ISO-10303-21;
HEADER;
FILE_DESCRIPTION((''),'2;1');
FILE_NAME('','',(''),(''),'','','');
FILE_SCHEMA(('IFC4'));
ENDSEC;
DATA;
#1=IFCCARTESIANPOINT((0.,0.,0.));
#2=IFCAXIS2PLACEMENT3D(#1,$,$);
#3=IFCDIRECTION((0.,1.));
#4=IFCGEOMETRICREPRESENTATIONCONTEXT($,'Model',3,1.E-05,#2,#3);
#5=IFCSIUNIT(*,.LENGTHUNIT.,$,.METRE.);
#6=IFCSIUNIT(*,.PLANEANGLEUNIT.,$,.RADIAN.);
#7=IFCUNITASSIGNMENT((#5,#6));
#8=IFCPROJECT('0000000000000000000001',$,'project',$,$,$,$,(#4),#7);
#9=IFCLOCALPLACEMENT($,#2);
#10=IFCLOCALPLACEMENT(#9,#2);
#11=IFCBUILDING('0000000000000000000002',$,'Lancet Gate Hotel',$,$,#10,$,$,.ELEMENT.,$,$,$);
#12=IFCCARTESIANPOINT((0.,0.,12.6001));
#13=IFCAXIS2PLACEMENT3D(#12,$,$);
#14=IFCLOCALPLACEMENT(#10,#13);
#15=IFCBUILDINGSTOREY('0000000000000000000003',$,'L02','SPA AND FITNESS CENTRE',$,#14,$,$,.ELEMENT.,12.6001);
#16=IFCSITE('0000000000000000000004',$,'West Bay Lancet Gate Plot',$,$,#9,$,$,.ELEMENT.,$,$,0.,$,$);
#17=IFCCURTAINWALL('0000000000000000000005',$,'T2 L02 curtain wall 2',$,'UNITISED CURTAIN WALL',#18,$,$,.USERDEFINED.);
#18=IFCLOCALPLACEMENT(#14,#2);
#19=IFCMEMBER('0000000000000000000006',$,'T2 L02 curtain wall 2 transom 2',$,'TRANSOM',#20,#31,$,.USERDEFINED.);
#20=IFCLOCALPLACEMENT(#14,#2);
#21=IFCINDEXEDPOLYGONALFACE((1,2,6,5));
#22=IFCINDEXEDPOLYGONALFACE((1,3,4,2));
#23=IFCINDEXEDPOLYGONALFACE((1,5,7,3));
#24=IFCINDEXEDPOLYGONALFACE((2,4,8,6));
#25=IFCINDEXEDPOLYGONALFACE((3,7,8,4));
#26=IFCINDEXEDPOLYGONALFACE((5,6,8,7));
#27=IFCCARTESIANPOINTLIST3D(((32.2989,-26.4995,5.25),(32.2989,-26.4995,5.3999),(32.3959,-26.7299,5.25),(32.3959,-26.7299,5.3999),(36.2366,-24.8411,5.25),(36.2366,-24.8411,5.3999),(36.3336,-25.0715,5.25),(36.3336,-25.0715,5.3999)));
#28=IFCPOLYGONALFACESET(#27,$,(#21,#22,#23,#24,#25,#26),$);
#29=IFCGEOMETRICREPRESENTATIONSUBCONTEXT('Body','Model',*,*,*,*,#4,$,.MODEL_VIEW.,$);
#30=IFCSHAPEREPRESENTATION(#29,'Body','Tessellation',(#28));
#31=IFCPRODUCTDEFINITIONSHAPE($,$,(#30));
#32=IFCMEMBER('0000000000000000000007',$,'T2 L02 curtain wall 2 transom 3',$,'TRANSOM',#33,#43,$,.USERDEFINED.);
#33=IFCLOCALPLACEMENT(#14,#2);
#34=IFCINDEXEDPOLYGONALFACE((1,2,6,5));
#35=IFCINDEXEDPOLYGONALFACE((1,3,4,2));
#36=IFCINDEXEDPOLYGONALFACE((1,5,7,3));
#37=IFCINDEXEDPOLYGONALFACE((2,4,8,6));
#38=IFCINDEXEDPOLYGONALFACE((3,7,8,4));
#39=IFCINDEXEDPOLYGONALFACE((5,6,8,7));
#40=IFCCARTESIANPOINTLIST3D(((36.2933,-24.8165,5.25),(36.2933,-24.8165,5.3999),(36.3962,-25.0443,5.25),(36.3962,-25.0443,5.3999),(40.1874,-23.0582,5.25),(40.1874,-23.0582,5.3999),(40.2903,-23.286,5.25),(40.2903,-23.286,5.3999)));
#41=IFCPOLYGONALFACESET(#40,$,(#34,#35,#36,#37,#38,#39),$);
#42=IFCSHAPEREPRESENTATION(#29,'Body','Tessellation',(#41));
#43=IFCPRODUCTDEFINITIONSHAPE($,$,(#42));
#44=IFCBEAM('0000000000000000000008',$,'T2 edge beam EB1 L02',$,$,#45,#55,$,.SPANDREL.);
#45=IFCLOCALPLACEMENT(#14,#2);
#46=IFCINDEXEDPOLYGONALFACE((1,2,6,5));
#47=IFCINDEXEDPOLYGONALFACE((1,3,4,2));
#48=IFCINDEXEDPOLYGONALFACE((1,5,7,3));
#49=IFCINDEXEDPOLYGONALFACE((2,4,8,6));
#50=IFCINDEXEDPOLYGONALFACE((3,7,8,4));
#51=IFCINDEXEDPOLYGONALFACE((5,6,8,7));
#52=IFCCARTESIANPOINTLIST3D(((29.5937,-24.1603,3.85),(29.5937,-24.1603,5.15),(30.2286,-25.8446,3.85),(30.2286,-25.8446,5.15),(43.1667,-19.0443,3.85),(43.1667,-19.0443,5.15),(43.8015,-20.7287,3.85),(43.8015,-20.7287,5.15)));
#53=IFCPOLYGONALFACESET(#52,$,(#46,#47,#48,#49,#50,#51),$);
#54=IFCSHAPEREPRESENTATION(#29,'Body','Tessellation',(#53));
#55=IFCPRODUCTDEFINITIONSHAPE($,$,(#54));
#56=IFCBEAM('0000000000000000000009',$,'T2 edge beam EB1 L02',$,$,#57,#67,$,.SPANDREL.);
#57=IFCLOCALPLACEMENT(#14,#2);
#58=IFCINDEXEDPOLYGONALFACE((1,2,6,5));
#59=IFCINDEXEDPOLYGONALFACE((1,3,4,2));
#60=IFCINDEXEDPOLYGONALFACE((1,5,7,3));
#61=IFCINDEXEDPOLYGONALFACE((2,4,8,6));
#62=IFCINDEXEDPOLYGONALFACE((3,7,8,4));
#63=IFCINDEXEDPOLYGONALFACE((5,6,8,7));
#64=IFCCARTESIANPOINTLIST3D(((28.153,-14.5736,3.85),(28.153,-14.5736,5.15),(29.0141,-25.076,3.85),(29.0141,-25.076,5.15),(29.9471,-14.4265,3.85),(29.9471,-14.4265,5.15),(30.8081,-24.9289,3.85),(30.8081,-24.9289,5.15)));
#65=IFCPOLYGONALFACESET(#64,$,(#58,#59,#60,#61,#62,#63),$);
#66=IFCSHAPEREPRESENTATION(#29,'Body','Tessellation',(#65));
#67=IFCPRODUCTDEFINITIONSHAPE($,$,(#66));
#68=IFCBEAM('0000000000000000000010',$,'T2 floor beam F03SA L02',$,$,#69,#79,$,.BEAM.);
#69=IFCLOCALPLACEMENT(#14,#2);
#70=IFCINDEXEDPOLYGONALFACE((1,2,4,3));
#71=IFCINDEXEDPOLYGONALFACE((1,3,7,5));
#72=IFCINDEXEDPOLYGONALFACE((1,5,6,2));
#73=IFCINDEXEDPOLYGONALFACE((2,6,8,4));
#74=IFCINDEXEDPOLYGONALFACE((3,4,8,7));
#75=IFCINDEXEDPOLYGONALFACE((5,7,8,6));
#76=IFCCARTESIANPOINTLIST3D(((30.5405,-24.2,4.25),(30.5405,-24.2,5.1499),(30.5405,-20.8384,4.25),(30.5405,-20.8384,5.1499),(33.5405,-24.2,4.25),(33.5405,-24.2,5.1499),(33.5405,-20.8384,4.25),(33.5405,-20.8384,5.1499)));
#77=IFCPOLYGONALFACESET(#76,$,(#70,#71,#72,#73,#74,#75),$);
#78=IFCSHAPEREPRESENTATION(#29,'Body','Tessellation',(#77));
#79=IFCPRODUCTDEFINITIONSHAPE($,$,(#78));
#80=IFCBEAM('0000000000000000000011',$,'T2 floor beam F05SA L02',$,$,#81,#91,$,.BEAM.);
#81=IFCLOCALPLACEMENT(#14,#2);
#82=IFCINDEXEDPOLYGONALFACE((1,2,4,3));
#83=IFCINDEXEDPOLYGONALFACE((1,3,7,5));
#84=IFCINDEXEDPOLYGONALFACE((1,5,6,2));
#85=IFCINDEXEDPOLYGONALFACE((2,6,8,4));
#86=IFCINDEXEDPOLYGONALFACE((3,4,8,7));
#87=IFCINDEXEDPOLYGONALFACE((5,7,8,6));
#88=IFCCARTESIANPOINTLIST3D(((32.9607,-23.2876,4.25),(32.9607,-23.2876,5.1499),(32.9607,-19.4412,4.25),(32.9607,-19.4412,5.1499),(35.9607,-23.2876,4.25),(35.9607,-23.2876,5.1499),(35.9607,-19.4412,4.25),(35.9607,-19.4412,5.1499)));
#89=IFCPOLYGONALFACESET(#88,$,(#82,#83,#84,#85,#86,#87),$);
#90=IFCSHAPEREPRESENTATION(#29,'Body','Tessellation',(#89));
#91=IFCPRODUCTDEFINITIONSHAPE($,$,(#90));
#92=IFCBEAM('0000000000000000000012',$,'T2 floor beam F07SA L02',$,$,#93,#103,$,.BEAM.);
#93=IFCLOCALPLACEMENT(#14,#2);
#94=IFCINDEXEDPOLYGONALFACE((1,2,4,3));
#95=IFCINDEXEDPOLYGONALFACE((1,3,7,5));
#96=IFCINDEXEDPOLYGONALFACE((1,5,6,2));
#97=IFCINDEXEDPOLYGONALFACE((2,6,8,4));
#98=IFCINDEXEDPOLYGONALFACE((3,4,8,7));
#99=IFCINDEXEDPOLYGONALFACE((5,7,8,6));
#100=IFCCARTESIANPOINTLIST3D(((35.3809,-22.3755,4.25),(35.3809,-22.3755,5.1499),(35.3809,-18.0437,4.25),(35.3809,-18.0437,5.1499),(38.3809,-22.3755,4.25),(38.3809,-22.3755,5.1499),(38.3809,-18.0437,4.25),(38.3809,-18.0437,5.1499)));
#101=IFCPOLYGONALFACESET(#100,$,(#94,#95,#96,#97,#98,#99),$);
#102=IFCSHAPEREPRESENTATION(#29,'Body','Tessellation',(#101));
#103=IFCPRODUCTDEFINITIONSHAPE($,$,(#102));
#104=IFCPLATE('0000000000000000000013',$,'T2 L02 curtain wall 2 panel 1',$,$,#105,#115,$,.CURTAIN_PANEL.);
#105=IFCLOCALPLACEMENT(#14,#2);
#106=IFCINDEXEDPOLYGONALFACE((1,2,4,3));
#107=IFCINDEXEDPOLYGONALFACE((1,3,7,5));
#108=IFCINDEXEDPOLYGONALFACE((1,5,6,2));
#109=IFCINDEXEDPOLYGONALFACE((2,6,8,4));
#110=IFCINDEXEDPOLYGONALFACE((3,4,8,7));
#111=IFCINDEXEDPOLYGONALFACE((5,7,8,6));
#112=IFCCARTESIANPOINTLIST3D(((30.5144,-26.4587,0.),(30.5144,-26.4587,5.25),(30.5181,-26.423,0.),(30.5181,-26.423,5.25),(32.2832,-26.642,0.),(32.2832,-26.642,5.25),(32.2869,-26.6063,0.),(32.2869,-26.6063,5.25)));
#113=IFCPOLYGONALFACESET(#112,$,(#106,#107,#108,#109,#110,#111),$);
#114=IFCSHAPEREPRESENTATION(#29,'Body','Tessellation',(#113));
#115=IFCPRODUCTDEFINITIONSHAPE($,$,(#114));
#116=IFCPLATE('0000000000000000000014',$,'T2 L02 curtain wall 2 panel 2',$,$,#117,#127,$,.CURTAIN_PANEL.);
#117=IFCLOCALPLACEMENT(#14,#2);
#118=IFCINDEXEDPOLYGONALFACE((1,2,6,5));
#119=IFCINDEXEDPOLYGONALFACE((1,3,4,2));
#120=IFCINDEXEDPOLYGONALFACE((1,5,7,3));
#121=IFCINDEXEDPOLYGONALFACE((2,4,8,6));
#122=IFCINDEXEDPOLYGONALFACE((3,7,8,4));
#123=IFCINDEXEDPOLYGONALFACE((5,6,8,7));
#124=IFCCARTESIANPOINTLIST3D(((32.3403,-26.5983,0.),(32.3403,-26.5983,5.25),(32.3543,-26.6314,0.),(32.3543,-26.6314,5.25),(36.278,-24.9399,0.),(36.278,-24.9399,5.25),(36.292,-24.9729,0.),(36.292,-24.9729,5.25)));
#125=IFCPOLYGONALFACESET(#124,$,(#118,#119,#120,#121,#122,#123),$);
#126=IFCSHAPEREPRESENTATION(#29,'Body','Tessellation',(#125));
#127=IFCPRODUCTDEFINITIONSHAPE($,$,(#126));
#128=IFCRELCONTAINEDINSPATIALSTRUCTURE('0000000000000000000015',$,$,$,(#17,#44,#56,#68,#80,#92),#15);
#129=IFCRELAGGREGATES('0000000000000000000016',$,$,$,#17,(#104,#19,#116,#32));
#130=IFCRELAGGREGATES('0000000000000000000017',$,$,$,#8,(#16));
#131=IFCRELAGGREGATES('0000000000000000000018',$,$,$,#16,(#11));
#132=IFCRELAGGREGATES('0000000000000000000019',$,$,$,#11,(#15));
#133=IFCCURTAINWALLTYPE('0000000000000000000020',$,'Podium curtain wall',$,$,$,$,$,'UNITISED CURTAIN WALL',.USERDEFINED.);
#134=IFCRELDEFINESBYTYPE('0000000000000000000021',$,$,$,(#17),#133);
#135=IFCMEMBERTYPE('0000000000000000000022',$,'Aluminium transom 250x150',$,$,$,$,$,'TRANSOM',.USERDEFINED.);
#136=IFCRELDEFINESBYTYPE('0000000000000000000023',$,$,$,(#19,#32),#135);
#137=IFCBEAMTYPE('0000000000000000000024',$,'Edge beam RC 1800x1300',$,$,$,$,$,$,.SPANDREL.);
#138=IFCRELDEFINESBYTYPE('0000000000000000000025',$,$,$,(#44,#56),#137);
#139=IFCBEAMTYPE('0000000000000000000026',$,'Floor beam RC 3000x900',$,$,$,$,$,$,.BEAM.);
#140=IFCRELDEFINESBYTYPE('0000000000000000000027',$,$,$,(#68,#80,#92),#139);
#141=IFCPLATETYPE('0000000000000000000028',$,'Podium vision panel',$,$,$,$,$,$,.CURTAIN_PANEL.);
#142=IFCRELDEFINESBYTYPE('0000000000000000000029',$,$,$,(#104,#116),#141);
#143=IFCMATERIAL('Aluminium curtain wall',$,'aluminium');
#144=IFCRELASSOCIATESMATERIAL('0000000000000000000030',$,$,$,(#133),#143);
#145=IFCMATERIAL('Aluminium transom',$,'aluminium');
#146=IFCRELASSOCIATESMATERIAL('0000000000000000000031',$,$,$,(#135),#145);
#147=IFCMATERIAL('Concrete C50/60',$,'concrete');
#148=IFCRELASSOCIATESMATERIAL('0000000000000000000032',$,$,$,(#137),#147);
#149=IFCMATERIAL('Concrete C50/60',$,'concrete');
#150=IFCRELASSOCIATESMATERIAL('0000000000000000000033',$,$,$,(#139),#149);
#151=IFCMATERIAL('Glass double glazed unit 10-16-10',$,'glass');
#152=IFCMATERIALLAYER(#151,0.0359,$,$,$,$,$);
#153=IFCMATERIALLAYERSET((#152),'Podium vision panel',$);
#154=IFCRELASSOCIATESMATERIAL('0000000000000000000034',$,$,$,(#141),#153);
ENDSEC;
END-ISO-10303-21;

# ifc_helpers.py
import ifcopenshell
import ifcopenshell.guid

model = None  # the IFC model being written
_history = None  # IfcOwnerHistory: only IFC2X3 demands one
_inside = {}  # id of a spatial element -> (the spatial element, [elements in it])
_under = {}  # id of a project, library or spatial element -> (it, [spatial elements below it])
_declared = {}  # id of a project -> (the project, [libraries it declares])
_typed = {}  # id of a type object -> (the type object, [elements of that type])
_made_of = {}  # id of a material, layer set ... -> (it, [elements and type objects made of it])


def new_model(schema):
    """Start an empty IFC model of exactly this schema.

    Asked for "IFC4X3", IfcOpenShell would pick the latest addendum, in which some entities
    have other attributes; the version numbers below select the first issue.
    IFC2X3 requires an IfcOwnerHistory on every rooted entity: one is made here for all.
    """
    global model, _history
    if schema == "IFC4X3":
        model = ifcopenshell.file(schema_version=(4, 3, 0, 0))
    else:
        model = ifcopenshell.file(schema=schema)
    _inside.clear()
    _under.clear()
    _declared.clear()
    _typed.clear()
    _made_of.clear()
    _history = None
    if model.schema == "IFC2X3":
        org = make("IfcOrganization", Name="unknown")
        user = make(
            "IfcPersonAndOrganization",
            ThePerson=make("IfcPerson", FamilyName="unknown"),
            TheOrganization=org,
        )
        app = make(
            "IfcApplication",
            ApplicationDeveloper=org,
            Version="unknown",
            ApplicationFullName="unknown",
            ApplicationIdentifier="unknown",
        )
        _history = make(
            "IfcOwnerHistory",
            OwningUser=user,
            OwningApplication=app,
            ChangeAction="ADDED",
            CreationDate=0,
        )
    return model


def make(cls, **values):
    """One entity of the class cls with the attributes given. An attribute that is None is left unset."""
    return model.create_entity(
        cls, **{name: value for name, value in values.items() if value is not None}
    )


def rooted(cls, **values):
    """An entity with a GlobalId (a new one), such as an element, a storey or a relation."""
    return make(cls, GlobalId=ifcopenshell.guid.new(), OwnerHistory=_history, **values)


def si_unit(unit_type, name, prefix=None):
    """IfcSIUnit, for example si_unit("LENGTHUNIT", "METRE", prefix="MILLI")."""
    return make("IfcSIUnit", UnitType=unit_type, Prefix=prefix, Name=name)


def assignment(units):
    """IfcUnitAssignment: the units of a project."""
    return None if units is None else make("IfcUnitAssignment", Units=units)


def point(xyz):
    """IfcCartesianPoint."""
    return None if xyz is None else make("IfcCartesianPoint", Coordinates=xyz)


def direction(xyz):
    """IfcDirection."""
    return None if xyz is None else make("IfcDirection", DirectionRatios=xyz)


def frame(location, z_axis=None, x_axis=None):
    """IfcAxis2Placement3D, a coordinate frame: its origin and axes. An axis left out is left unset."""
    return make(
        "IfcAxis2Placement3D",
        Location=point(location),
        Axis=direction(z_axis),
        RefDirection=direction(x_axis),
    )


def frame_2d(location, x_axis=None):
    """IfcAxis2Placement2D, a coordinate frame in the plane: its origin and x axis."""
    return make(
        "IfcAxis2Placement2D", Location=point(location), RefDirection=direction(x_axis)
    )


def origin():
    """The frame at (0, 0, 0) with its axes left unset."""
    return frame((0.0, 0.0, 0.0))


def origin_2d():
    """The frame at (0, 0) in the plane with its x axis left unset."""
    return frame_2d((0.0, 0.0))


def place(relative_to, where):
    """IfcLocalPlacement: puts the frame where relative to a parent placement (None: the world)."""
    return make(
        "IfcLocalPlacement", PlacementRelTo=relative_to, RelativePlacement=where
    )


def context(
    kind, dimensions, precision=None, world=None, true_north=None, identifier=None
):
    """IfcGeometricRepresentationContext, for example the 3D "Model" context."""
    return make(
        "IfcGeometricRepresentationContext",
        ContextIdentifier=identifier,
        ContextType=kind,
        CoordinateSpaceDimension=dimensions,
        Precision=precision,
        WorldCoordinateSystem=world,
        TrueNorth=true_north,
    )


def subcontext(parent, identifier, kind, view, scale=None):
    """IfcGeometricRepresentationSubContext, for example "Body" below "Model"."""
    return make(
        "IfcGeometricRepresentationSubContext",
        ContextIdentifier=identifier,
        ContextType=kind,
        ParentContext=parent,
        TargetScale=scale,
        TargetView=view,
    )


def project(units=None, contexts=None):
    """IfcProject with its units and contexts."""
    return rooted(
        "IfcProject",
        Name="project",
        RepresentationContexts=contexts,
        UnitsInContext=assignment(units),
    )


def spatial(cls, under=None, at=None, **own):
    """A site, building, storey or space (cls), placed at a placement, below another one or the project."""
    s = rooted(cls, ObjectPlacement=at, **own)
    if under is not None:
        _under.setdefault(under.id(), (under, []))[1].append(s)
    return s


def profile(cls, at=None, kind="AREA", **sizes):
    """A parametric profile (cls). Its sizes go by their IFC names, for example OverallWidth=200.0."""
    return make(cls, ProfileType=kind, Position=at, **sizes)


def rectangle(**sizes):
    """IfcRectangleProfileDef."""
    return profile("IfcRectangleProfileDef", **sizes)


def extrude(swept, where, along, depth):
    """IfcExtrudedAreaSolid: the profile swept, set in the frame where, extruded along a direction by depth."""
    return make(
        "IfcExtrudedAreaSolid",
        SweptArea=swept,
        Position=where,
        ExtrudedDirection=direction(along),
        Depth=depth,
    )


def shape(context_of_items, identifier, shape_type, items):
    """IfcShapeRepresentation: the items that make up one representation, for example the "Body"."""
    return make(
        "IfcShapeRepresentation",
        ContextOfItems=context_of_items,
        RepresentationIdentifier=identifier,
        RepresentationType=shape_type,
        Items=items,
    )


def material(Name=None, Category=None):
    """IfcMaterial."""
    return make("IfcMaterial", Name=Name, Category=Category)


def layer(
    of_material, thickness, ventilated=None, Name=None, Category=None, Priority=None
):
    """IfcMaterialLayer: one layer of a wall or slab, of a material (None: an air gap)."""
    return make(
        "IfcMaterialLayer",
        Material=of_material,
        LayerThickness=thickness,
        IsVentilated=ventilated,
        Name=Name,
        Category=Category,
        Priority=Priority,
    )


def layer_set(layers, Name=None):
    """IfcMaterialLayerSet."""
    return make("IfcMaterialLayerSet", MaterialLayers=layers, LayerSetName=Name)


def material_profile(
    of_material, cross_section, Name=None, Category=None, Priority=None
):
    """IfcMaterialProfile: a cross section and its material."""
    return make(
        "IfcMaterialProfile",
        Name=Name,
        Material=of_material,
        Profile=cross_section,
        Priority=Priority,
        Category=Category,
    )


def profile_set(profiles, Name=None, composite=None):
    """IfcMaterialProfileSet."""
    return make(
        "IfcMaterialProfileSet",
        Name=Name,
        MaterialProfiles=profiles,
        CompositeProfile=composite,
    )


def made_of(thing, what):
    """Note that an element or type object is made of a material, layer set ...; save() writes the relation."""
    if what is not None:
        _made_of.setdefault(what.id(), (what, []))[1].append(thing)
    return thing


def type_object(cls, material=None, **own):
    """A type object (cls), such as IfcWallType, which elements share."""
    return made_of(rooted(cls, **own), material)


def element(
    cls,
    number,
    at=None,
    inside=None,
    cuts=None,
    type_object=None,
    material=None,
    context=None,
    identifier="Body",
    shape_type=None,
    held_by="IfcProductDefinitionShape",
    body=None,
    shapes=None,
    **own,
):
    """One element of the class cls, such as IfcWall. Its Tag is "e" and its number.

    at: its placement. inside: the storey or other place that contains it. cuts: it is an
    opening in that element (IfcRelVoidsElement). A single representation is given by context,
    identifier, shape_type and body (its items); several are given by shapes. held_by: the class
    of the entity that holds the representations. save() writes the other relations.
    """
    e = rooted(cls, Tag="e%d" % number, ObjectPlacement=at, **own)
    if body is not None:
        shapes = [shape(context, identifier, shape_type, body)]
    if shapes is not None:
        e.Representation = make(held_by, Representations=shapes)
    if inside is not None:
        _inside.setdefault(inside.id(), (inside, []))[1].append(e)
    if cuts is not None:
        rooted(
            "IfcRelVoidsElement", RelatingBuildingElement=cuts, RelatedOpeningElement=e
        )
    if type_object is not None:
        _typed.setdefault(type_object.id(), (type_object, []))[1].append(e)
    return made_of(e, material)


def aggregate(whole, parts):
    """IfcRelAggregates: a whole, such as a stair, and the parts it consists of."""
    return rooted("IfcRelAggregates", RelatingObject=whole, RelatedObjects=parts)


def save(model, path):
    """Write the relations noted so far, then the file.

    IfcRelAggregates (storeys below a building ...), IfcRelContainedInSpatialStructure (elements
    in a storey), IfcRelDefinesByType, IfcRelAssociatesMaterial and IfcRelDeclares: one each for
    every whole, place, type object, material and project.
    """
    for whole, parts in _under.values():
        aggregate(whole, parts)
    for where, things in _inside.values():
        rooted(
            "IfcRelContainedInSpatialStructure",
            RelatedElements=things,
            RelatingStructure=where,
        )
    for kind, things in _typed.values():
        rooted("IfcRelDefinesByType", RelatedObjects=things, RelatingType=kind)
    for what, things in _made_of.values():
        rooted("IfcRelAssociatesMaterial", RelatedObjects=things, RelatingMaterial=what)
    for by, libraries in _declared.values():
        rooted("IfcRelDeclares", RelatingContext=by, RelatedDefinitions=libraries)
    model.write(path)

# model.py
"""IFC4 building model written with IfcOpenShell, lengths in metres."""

from ifc_helpers import new_model, si_unit, direction, frame, origin, origin_2d, place, context, subcontext, project, spatial, rectangle, extrude, material, layer, layer_set, material_profile, profile_set, type_object, element, aggregate, save


model = new_model("IFC4")

# Units and contexts
model_context = context("Model", 3, precision=1e-05, world=origin(), true_north=direction((0.0, 1.0)))
body_context = subcontext(model_context, "Body", "Model", "MODEL_VIEW")
ifc_project = project(units=[si_unit("LENGTHUNIT", "METRE"), si_unit("PLANEANGLEUNIT", "RADIAN")], contexts=[model_context])

# Site, building, storey
site_placement = place(None, origin())
site = spatial("IfcSite", under=ifc_project, at=site_placement, Name="West Bay Lancet Gate Plot", CompositionType="ELEMENT", RefElevation=0.0)
building_placement = place(site_placement, origin())
building = spatial("IfcBuilding", under=site, at=building_placement, Name="Lancet Gate Hotel", CompositionType="ELEMENT")
storey_placement = place(building_placement, frame((0.0, 0.0, 12.6001)))
storey = spatial("IfcBuildingStorey", under=building, at=storey_placement, Name="L02", Description="SPA AND FITNESS CENTRE", CompositionType="ELEMENT", Elevation=12.6001)

# Curtain wall, members
ifc_material_1 = material(Name="Aluminium curtain wall", Category="aluminium")
curtain_wall_type = type_object("IfcCurtainWallType", Name="Podium curtain wall", ElementType="UNITISED CURTAIN WALL", PredefinedType="USERDEFINED", material=ifc_material_1)
curtain_wall_placement = place(storey_placement, origin())
curtain_wall = element("IfcCurtainWall", 1, at=curtain_wall_placement, inside=storey, type_object=curtain_wall_type, Name="T2 L02 curtain wall 2", ObjectType="UNITISED CURTAIN WALL", PredefinedType="USERDEFINED")
ifc_material_2 = material(Name="Aluminium transom", Category="aluminium")
ifc_material_profile_1 = material_profile(ifc_material_2, rectangle(XDim=0.25, YDim=0.1499, at=origin_2d()), Name="TRANSOM 250x150")
ifc_profile_set_1 = profile_set([ifc_material_profile_1], Name="Aluminium transom")
member_type_1 = type_object("IfcMemberType", Name="Aluminium transom 250x150", ElementType="TRANSOM", PredefinedType="USERDEFINED", material=ifc_profile_set_1)
member_1_placement = place(storey_placement, frame((32.3474, -26.6147, 5.325), z_axis=(0.921598, 0.388146, 0.0), x_axis=(-0.388146, 0.921598, 0.0)))
member_1 = element("IfcMember", 2, at=member_1_placement, type_object=member_type_1, Name="T2 L02 curtain wall 2 transom 2", ObjectType="TRANSOM", PredefinedType="USERDEFINED", context=body_context, shape_type="SweptSolid", body=[
    extrude(rectangle(XDim=0.25, YDim=0.1499, at=origin_2d()), origin(), (0.0, 0.0, 1.0), 4.2727),
])
member_2_placement = place(storey_placement, frame((36.3447, -24.9304, 5.325), z_axis=(0.911397, 0.411529, 0.0), x_axis=(-0.411529, 0.911397, 0.0)))
member_2 = element("IfcMember", 3, at=member_2_placement, type_object=member_type_1, Name="T2 L02 curtain wall 2 transom 3", ObjectType="TRANSOM", PredefinedType="USERDEFINED", context=body_context, shape_type="SweptSolid", body=[
    extrude(rectangle(XDim=0.25, YDim=0.1499, at=origin_2d()), origin(), (0.0, 0.0, 1.0), 4.2727),
])

# Beams
ifc_material_3 = material(Name="Concrete C50/60", Category="concrete")
ifc_material_profile_2 = material_profile(ifc_material_3, rectangle(XDim=1.8, YDim=1.3, at=origin_2d()), Name="RC 1800x1300")
ifc_profile_set_2 = profile_set([ifc_material_profile_2], Name="Concrete C50/60")
beam_type_1 = type_object("IfcBeamType", Name="Edge beam RC 1800x1300", PredefinedType="SPANDREL", material=ifc_profile_set_2)
beam_1_placement = place(storey_placement, frame((29.9111, -25.0024, 4.5), z_axis=(0.935736, 0.3527, 0.0), x_axis=(-0.3527, 0.935736, 0.0)))
element("IfcBeam", 4, at=beam_1_placement, inside=storey, type_object=beam_type_1, Name="T2 edge beam EB1 L02", PredefinedType="SPANDREL", context=body_context, shape_type="SweptSolid", body=[
    extrude(rectangle(XDim=1.8, YDim=1.3, at=origin_2d()), origin(), (0.0, 0.0, 1.0), 14.5051),
])
beam_2_placement = place(storey_placement, frame((29.9111, -25.0024, 4.5), z_axis=(-0.081715, 0.996656, 0.0), x_axis=(-0.996656, -0.081715, 0.0)))
element("IfcBeam", 5, at=beam_2_placement, inside=storey, type_object=beam_type_1, Name="T2 edge beam EB1 L02", PredefinedType="SPANDREL", context=body_context, shape_type="SweptSolid", body=[
    extrude(rectangle(XDim=1.8, YDim=1.3, at=origin_2d()), origin(), (0.0, 0.0, 1.0), 10.5376),
])
ifc_material_4 = material(Name="Concrete C50/60", Category="concrete")
ifc_material_profile_3 = material_profile(ifc_material_4, rectangle(XDim=3.0, YDim=0.8999, at=origin_2d()), Name="RC 3000x900")
ifc_profile_set_3 = profile_set([ifc_material_profile_3], Name="Concrete C50/60")
beam_type_2 = type_object("IfcBeamType", Name="Floor beam RC 3000x900", PredefinedType="BEAM", material=ifc_profile_set_3)
beam_3_placement = place(storey_placement, frame((32.0405, -24.2, 4.7), z_axis=(0.0, 1.0, 0.0), x_axis=(-1.0, 0.0, 0.0)))
element("IfcBeam", 6, at=beam_3_placement, inside=storey, type_object=beam_type_2, Name="T2 floor beam F03SA L02", PredefinedType="BEAM", context=body_context, shape_type="SweptSolid", body=[
    extrude(rectangle(XDim=3.0, YDim=0.8999, at=origin_2d()), origin(), (0.0, 0.0, 1.0), 3.3616),
])
beam_4_placement = place(storey_placement, frame((34.4607, -23.2876, 4.7), z_axis=(0.0, 1.0, 0.0), x_axis=(-1.0, 0.0, 0.0)))
element("IfcBeam", 7, at=beam_4_placement, inside=storey, type_object=beam_type_2, Name="T2 floor beam F05SA L02", PredefinedType="BEAM", context=body_context, shape_type="SweptSolid", body=[
    extrude(rectangle(XDim=3.0, YDim=0.8999, at=origin_2d()), origin(), (0.0, 0.0, 1.0), 3.8464),
])
beam_5_placement = place(storey_placement, frame((36.8809, -22.3755, 4.7), z_axis=(0.0, 1.0, 0.0), x_axis=(-1.0, 0.0, 0.0)))
element("IfcBeam", 8, at=beam_5_placement, inside=storey, type_object=beam_type_2, Name="T2 floor beam F07SA L02", PredefinedType="BEAM", context=body_context, shape_type="SweptSolid", body=[
    extrude(rectangle(XDim=3.0, YDim=0.8999, at=origin_2d()), origin(), (0.0, 0.0, 1.0), 4.3318),
])

# Plates
ifc_material_5 = material(Name="Glass double glazed unit 10-16-10", Category="glass")
ifc_layer_1 = layer(ifc_material_5, 0.0359)
ifc_layer_set_1 = layer_set([ifc_layer_1], Name="Podium vision panel")
plate_type = type_object("IfcPlateType", Name="Podium vision panel", PredefinedType="CURTAIN_PANEL", material=ifc_layer_set_1)
plate_1_placement = place(storey_placement, frame((31.4006, -26.5325, 0.0), z_axis=(0.0, 0.0, 1.0), x_axis=(0.994672, -0.103088, 0.0)))
plate_1 = element("IfcPlate", 9, at=plate_1_placement, type_object=plate_type, Name="T2 L02 curtain wall 2 panel 1", PredefinedType="CURTAIN_PANEL", context=body_context, shape_type="SweptSolid", body=[
    extrude(rectangle(XDim=1.7783, YDim=0.0359, at=origin_2d()), origin(), (0.0, 0.0, 1.0), 5.25),
])
plate_2_placement = place(storey_placement, frame((34.3162, -25.7856, 0.0), z_axis=(0.0, 0.0, 1.0), x_axis=(0.921593, 0.388157, 0.0)))
plate_2 = element("IfcPlate", 10, at=plate_2_placement, type_object=plate_type, Name="T2 L02 curtain wall 2 panel 2", PredefinedType="CURTAIN_PANEL", context=body_context, shape_type="SweptSolid", body=[
    extrude(rectangle(XDim=4.2727, YDim=0.0359, at=origin_2d()), origin(), (0.0, 0.0, 1.0), 5.25),
])
aggregate(curtain_wall, [plate_1, member_1, plate_2, member_2])

save(model, "model.ifc")
